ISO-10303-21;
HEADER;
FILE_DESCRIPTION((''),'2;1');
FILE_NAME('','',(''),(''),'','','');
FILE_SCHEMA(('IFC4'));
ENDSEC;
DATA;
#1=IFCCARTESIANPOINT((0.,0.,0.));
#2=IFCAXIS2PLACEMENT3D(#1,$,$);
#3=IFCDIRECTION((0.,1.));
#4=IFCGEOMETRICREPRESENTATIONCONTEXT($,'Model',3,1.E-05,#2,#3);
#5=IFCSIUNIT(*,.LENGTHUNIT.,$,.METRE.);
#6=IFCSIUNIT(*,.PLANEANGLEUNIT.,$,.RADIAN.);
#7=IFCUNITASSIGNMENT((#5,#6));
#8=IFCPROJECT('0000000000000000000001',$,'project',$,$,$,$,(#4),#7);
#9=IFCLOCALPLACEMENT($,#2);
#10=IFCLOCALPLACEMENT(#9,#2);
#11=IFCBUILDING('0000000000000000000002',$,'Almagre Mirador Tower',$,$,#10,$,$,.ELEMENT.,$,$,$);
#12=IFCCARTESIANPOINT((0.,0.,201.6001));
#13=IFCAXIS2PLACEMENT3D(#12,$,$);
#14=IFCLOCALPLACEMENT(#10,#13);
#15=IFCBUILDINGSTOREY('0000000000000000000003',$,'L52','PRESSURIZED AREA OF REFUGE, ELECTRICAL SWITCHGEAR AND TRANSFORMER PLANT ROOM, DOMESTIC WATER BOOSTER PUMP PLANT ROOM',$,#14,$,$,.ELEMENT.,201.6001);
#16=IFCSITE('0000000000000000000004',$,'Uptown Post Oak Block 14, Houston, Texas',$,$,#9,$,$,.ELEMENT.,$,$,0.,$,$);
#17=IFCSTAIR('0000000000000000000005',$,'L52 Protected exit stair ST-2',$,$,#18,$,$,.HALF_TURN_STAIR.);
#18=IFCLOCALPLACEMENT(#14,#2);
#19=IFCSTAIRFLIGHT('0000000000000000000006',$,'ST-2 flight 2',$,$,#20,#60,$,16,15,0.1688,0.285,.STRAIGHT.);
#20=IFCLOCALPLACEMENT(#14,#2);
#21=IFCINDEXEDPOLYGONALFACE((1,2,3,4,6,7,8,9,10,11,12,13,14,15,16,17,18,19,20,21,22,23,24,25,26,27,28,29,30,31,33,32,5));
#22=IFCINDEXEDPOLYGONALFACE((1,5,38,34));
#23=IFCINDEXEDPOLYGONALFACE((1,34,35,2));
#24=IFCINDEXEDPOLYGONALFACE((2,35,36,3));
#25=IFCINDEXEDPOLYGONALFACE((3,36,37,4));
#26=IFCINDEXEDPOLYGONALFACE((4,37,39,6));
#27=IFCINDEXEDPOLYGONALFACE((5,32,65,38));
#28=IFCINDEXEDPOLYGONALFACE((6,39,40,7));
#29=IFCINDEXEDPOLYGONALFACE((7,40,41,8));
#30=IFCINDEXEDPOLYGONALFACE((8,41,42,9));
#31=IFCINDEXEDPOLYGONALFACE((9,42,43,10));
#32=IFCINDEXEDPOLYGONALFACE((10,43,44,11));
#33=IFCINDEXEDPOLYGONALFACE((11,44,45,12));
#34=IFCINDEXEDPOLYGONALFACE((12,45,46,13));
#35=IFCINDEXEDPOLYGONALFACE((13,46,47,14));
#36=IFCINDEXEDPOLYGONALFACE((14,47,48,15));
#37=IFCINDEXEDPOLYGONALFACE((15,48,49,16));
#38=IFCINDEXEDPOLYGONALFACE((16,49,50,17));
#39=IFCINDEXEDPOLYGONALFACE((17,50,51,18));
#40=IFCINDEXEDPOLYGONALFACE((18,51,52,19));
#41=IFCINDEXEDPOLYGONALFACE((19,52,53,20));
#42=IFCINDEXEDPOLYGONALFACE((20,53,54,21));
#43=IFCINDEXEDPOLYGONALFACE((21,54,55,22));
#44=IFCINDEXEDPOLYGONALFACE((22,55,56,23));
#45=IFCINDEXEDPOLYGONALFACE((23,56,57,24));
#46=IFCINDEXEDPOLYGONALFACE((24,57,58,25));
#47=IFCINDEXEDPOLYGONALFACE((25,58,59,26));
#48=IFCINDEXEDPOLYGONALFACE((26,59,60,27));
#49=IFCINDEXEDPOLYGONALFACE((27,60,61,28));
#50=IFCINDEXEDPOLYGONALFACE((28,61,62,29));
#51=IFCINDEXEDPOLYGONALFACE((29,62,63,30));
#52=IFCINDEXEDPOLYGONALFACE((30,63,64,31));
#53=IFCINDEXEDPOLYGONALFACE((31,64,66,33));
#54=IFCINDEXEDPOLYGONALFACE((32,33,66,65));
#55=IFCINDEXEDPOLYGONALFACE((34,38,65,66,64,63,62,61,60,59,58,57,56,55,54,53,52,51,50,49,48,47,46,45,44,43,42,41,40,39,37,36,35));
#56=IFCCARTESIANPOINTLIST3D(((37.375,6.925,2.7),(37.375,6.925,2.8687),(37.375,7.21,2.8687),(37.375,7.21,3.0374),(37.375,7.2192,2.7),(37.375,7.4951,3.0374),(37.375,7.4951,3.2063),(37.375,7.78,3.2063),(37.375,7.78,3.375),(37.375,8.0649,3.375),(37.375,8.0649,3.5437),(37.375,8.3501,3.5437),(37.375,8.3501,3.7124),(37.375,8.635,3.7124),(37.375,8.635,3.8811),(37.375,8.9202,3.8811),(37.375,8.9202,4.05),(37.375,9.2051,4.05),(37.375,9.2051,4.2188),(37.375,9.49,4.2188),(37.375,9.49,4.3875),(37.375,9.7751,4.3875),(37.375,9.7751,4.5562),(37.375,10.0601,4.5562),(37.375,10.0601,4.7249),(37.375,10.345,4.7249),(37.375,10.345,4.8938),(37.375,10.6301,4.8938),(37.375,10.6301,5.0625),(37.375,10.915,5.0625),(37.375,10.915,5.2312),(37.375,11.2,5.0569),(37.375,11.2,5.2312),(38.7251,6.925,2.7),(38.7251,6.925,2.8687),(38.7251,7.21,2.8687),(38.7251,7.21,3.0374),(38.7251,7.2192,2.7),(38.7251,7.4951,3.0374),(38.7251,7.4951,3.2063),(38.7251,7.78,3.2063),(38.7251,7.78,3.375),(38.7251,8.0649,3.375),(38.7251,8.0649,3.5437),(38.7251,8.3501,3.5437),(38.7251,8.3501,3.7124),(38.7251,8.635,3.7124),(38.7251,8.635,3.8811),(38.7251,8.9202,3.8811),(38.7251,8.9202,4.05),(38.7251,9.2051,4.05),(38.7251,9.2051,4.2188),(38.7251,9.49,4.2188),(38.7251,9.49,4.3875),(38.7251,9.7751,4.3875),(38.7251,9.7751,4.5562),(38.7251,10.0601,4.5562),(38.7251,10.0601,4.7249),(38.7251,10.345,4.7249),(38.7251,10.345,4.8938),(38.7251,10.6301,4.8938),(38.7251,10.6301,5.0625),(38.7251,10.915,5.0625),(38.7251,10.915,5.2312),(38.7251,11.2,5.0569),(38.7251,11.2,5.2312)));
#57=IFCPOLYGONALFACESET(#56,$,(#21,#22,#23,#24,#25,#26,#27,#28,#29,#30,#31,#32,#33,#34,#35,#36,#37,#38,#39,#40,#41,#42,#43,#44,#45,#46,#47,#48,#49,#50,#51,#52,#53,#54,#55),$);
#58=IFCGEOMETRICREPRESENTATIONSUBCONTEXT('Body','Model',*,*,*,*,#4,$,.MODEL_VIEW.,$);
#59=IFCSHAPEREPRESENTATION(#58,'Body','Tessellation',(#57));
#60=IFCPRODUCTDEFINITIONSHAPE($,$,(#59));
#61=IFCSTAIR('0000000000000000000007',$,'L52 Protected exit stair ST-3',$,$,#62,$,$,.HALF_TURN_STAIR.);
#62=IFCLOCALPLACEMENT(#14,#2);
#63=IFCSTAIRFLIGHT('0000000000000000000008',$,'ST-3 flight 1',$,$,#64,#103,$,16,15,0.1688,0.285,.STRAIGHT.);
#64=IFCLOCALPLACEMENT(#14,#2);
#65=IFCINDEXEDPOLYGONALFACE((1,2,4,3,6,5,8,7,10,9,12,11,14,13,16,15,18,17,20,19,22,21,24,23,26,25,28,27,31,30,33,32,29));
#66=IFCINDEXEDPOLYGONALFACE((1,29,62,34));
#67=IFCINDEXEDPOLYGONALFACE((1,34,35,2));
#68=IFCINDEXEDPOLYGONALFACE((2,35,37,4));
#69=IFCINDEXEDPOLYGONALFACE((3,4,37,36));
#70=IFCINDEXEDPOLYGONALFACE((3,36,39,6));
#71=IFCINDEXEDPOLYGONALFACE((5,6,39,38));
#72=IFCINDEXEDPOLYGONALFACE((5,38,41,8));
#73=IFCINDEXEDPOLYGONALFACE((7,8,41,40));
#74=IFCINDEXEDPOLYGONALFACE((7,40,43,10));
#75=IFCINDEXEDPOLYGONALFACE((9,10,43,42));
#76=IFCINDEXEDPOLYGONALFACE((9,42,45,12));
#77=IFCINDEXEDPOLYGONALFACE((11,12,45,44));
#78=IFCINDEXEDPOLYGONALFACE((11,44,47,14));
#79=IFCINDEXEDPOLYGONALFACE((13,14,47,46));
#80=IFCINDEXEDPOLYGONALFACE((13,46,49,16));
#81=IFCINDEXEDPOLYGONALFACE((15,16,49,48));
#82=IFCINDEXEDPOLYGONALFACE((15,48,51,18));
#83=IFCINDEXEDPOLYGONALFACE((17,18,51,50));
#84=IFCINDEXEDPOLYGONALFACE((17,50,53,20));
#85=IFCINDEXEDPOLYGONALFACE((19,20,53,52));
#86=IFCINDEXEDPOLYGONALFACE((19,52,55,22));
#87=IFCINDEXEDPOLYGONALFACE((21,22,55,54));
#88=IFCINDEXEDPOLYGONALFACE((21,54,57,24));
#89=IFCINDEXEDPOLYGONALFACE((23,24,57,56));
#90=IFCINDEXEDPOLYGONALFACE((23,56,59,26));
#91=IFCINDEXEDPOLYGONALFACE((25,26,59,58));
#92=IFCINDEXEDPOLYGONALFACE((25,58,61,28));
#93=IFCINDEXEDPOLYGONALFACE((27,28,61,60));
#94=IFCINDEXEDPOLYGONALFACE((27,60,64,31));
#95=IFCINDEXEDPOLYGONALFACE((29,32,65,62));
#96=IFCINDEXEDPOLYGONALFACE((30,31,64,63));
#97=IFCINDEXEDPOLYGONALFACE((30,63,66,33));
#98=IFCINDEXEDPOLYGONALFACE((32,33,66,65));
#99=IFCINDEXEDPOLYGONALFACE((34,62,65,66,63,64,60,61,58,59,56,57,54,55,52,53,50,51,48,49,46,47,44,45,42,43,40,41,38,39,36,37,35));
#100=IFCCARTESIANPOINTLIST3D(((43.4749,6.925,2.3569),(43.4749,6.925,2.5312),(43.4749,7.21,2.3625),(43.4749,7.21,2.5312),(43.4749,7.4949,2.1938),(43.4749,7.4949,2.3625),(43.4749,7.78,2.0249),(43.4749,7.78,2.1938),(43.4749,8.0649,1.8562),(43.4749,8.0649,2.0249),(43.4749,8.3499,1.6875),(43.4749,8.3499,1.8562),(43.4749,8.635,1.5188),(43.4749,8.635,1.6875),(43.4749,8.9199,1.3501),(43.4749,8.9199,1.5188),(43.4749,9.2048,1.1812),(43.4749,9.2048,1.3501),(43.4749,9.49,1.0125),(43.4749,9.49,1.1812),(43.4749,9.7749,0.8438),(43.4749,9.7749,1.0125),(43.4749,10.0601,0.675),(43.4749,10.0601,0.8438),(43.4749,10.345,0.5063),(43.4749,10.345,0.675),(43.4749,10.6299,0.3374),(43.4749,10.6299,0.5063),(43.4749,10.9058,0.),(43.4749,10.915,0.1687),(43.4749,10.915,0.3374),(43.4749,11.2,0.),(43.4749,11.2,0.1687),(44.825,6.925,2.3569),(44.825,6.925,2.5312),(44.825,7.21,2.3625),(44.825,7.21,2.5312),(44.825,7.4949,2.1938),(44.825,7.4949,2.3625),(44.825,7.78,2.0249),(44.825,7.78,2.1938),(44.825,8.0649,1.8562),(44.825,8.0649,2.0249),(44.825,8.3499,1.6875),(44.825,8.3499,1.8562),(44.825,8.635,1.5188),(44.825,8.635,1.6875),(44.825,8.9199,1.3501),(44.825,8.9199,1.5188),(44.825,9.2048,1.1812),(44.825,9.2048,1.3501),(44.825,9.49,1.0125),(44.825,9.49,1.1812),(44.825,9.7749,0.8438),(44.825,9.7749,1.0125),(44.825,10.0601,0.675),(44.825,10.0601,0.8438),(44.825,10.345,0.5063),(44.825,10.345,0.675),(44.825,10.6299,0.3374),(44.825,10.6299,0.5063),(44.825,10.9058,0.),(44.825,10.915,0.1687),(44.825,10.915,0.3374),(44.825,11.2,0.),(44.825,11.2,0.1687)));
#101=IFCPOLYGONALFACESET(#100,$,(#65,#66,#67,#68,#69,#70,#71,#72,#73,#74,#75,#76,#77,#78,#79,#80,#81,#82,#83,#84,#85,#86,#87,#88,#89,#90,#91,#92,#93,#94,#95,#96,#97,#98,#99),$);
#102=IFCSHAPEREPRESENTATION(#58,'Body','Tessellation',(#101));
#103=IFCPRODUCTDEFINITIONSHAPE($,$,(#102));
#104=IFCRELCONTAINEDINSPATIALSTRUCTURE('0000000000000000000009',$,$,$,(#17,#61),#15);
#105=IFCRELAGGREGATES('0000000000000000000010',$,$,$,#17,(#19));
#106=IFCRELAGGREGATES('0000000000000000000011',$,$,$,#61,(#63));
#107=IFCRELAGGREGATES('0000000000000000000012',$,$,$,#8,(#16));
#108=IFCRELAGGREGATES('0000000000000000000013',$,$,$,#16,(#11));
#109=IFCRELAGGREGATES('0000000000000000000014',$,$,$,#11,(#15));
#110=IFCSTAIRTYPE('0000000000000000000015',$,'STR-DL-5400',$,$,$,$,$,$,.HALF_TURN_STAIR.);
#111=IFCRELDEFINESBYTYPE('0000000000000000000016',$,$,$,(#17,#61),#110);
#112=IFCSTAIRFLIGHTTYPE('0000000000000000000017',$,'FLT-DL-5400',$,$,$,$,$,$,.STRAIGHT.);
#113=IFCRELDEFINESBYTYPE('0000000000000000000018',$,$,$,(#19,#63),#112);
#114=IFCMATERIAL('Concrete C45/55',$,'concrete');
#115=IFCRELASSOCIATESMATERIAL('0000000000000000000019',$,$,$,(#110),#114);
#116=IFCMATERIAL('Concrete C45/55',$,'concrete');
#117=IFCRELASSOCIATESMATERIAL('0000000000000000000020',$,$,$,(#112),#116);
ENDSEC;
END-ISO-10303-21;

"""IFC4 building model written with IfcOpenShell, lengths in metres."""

from ifc_helpers import new_model, si_unit, direction, frame, origin, place, context, subcontext, project, spatial, polyline, outline, extrude, material, type_object, element, aggregate, save


model = new_model("IFC4")

# Units and contexts
model_context = context("Model", 3, precision=1e-05, world=origin(), true_north=direction((0.0, 1.0)))
body_context = subcontext(model_context, "Body", "Model", "MODEL_VIEW")
ifc_project = project(units=[si_unit("LENGTHUNIT", "METRE"), si_unit("PLANEANGLEUNIT", "RADIAN")], contexts=[model_context])

# Site, building, storey
site_placement = place(None, origin())
site = spatial("IfcSite", under=ifc_project, at=site_placement, Name="Uptown Post Oak Block 14, Houston, Texas", CompositionType="ELEMENT", RefElevation=0.0)
building_placement = place(site_placement, origin())
building = spatial("IfcBuilding", under=site, at=building_placement, Name="Almagre Mirador Tower", CompositionType="ELEMENT")
storey_placement = place(building_placement, frame((0.0, 0.0, 201.6001)))
storey = spatial("IfcBuildingStorey", under=building, at=storey_placement, Name="L52", Description="PRESSURIZED AREA OF REFUGE, ELECTRICAL SWITCHGEAR AND TRANSFORMER PLANT ROOM, DOMESTIC WATER BOOSTER PUMP PLANT ROOM", CompositionType="ELEMENT", Elevation=201.6001)

# Stair, stair flight
ifc_material_1 = material(Name="Concrete C45/55", Category="concrete")
stair_type = type_object("IfcStairType", Name="STR-DL-5400", PredefinedType="HALF_TURN_STAIR", material=ifc_material_1)
stair_1_placement = place(storey_placement, origin())
stair_1 = element("IfcStair", 1, at=stair_1_placement, inside=storey, type_object=stair_type, Name="L52 Protected exit stair ST-2", PredefinedType="HALF_TURN_STAIR")
ifc_material_2 = material(Name="Concrete C45/55", Category="concrete")
stair_flight_type = type_object("IfcStairFlightType", Name="FLT-DL-5400", PredefinedType="STRAIGHT", material=ifc_material_2)
stair_flight_1_placement = place(storey_placement, frame((38.05, 6.925, 2.7), z_axis=(0.0, 0.0, 1.0), x_axis=(0.0, 1.0, 0.0)))
stair_flight_1 = element("IfcStairFlight", 2, at=stair_flight_1_placement, type_object=stair_flight_type, Name="ST-2 flight 2", NumberOfRisers=16, NumberOfTreads=15, PredefinedType="STRAIGHT", RiserHeight=0.1688, TreadLength=0.285, context=body_context, shape_type="SweptSolid", body=[
    extrude(outline(polyline([(0.0, 0.0), (0.0, 0.1687), (0.2849, 0.1687), (0.2849, 0.3374), (0.5701, 0.3374), (0.5701, 0.5063), (0.855, 0.5063), (0.855, 0.675), (1.1399, 0.675), (1.1399, 0.8438), (1.425, 0.8438), (1.425, 1.0125), (1.71, 1.0125), (1.71, 1.1812), (1.9951, 1.1812), (1.9951, 1.3501), (2.28, 1.3501), (2.28, 1.5188), (2.5649, 1.5188), (2.5649, 1.6875), (2.8501, 1.6875), (2.8501, 1.8562), (3.135, 1.8562), (3.135, 2.0249), (3.4199, 2.0249), (3.4199, 2.1938), (3.7051, 2.1938), (3.7051, 2.3625), (3.99, 2.3625), (3.99, 2.5312), (4.2749, 2.5312), (4.2749, 2.7), (4.2749, 2.3569), (0.2942, 0.0), (0.0, 0.0)])), frame((0.0, 0.675, 0.0), z_axis=(0.0, -1.0, 0.0), x_axis=(1.0, 0.0, 0.0)), (0.0, 0.0, 1.0), 1.3501),
])
aggregate(stair_1, [stair_flight_1])

# Stair, stair flight
stair_2_placement = place(storey_placement, origin())
stair_2 = element("IfcStair", 3, at=stair_2_placement, inside=storey, type_object=stair_type, Name="L52 Protected exit stair ST-3", PredefinedType="HALF_TURN_STAIR")
stair_flight_2_placement = place(storey_placement, frame((44.1499, 11.2, 0.0), z_axis=(0.0, 0.0, 1.0), x_axis=(0.0, -1.0, 0.0)))
stair_flight_2 = element("IfcStairFlight", 4, at=stair_flight_2_placement, type_object=stair_flight_type, Name="ST-3 flight 1", NumberOfRisers=16, NumberOfTreads=15, PredefinedType="STRAIGHT", RiserHeight=0.1688, TreadLength=0.285, context=body_context, shape_type="SweptSolid", body=[
    extrude(outline(polyline([(0.0, 0.0), (0.0, 0.1687), (0.2849, 0.1687), (0.2849, 0.3374), (0.5701, 0.3374), (0.5701, 0.5063), (0.855, 0.5063), (0.855, 0.675), (1.1399, 0.675), (1.1399, 0.8438), (1.425, 0.8438), (1.425, 1.0125), (1.71, 1.0125), (1.71, 1.1812), (1.9951, 1.1812), (1.9951, 1.3501), (2.28, 1.3501), (2.28, 1.5188), (2.5649, 1.5188), (2.5649, 1.6875), (2.8501, 1.6875), (2.8501, 1.8562), (3.135, 1.8562), (3.135, 2.0249), (3.4199, 2.0249), (3.4199, 2.1938), (3.7051, 2.1938), (3.7051, 2.3625), (3.99, 2.3625), (3.99, 2.5312), (4.2749, 2.5312), (4.2749, 2.7), (4.2749, 2.3569), (0.2942, 0.0), (0.0, 0.0)])), frame((0.0, 0.675, 0.0), z_axis=(0.0, -1.0, 0.0), x_axis=(1.0, 0.0, 0.0)), (0.0, 0.0, 1.0), 1.3501),
])
aggregate(stair_2, [stair_flight_2])

save(model, "model.ifc")
